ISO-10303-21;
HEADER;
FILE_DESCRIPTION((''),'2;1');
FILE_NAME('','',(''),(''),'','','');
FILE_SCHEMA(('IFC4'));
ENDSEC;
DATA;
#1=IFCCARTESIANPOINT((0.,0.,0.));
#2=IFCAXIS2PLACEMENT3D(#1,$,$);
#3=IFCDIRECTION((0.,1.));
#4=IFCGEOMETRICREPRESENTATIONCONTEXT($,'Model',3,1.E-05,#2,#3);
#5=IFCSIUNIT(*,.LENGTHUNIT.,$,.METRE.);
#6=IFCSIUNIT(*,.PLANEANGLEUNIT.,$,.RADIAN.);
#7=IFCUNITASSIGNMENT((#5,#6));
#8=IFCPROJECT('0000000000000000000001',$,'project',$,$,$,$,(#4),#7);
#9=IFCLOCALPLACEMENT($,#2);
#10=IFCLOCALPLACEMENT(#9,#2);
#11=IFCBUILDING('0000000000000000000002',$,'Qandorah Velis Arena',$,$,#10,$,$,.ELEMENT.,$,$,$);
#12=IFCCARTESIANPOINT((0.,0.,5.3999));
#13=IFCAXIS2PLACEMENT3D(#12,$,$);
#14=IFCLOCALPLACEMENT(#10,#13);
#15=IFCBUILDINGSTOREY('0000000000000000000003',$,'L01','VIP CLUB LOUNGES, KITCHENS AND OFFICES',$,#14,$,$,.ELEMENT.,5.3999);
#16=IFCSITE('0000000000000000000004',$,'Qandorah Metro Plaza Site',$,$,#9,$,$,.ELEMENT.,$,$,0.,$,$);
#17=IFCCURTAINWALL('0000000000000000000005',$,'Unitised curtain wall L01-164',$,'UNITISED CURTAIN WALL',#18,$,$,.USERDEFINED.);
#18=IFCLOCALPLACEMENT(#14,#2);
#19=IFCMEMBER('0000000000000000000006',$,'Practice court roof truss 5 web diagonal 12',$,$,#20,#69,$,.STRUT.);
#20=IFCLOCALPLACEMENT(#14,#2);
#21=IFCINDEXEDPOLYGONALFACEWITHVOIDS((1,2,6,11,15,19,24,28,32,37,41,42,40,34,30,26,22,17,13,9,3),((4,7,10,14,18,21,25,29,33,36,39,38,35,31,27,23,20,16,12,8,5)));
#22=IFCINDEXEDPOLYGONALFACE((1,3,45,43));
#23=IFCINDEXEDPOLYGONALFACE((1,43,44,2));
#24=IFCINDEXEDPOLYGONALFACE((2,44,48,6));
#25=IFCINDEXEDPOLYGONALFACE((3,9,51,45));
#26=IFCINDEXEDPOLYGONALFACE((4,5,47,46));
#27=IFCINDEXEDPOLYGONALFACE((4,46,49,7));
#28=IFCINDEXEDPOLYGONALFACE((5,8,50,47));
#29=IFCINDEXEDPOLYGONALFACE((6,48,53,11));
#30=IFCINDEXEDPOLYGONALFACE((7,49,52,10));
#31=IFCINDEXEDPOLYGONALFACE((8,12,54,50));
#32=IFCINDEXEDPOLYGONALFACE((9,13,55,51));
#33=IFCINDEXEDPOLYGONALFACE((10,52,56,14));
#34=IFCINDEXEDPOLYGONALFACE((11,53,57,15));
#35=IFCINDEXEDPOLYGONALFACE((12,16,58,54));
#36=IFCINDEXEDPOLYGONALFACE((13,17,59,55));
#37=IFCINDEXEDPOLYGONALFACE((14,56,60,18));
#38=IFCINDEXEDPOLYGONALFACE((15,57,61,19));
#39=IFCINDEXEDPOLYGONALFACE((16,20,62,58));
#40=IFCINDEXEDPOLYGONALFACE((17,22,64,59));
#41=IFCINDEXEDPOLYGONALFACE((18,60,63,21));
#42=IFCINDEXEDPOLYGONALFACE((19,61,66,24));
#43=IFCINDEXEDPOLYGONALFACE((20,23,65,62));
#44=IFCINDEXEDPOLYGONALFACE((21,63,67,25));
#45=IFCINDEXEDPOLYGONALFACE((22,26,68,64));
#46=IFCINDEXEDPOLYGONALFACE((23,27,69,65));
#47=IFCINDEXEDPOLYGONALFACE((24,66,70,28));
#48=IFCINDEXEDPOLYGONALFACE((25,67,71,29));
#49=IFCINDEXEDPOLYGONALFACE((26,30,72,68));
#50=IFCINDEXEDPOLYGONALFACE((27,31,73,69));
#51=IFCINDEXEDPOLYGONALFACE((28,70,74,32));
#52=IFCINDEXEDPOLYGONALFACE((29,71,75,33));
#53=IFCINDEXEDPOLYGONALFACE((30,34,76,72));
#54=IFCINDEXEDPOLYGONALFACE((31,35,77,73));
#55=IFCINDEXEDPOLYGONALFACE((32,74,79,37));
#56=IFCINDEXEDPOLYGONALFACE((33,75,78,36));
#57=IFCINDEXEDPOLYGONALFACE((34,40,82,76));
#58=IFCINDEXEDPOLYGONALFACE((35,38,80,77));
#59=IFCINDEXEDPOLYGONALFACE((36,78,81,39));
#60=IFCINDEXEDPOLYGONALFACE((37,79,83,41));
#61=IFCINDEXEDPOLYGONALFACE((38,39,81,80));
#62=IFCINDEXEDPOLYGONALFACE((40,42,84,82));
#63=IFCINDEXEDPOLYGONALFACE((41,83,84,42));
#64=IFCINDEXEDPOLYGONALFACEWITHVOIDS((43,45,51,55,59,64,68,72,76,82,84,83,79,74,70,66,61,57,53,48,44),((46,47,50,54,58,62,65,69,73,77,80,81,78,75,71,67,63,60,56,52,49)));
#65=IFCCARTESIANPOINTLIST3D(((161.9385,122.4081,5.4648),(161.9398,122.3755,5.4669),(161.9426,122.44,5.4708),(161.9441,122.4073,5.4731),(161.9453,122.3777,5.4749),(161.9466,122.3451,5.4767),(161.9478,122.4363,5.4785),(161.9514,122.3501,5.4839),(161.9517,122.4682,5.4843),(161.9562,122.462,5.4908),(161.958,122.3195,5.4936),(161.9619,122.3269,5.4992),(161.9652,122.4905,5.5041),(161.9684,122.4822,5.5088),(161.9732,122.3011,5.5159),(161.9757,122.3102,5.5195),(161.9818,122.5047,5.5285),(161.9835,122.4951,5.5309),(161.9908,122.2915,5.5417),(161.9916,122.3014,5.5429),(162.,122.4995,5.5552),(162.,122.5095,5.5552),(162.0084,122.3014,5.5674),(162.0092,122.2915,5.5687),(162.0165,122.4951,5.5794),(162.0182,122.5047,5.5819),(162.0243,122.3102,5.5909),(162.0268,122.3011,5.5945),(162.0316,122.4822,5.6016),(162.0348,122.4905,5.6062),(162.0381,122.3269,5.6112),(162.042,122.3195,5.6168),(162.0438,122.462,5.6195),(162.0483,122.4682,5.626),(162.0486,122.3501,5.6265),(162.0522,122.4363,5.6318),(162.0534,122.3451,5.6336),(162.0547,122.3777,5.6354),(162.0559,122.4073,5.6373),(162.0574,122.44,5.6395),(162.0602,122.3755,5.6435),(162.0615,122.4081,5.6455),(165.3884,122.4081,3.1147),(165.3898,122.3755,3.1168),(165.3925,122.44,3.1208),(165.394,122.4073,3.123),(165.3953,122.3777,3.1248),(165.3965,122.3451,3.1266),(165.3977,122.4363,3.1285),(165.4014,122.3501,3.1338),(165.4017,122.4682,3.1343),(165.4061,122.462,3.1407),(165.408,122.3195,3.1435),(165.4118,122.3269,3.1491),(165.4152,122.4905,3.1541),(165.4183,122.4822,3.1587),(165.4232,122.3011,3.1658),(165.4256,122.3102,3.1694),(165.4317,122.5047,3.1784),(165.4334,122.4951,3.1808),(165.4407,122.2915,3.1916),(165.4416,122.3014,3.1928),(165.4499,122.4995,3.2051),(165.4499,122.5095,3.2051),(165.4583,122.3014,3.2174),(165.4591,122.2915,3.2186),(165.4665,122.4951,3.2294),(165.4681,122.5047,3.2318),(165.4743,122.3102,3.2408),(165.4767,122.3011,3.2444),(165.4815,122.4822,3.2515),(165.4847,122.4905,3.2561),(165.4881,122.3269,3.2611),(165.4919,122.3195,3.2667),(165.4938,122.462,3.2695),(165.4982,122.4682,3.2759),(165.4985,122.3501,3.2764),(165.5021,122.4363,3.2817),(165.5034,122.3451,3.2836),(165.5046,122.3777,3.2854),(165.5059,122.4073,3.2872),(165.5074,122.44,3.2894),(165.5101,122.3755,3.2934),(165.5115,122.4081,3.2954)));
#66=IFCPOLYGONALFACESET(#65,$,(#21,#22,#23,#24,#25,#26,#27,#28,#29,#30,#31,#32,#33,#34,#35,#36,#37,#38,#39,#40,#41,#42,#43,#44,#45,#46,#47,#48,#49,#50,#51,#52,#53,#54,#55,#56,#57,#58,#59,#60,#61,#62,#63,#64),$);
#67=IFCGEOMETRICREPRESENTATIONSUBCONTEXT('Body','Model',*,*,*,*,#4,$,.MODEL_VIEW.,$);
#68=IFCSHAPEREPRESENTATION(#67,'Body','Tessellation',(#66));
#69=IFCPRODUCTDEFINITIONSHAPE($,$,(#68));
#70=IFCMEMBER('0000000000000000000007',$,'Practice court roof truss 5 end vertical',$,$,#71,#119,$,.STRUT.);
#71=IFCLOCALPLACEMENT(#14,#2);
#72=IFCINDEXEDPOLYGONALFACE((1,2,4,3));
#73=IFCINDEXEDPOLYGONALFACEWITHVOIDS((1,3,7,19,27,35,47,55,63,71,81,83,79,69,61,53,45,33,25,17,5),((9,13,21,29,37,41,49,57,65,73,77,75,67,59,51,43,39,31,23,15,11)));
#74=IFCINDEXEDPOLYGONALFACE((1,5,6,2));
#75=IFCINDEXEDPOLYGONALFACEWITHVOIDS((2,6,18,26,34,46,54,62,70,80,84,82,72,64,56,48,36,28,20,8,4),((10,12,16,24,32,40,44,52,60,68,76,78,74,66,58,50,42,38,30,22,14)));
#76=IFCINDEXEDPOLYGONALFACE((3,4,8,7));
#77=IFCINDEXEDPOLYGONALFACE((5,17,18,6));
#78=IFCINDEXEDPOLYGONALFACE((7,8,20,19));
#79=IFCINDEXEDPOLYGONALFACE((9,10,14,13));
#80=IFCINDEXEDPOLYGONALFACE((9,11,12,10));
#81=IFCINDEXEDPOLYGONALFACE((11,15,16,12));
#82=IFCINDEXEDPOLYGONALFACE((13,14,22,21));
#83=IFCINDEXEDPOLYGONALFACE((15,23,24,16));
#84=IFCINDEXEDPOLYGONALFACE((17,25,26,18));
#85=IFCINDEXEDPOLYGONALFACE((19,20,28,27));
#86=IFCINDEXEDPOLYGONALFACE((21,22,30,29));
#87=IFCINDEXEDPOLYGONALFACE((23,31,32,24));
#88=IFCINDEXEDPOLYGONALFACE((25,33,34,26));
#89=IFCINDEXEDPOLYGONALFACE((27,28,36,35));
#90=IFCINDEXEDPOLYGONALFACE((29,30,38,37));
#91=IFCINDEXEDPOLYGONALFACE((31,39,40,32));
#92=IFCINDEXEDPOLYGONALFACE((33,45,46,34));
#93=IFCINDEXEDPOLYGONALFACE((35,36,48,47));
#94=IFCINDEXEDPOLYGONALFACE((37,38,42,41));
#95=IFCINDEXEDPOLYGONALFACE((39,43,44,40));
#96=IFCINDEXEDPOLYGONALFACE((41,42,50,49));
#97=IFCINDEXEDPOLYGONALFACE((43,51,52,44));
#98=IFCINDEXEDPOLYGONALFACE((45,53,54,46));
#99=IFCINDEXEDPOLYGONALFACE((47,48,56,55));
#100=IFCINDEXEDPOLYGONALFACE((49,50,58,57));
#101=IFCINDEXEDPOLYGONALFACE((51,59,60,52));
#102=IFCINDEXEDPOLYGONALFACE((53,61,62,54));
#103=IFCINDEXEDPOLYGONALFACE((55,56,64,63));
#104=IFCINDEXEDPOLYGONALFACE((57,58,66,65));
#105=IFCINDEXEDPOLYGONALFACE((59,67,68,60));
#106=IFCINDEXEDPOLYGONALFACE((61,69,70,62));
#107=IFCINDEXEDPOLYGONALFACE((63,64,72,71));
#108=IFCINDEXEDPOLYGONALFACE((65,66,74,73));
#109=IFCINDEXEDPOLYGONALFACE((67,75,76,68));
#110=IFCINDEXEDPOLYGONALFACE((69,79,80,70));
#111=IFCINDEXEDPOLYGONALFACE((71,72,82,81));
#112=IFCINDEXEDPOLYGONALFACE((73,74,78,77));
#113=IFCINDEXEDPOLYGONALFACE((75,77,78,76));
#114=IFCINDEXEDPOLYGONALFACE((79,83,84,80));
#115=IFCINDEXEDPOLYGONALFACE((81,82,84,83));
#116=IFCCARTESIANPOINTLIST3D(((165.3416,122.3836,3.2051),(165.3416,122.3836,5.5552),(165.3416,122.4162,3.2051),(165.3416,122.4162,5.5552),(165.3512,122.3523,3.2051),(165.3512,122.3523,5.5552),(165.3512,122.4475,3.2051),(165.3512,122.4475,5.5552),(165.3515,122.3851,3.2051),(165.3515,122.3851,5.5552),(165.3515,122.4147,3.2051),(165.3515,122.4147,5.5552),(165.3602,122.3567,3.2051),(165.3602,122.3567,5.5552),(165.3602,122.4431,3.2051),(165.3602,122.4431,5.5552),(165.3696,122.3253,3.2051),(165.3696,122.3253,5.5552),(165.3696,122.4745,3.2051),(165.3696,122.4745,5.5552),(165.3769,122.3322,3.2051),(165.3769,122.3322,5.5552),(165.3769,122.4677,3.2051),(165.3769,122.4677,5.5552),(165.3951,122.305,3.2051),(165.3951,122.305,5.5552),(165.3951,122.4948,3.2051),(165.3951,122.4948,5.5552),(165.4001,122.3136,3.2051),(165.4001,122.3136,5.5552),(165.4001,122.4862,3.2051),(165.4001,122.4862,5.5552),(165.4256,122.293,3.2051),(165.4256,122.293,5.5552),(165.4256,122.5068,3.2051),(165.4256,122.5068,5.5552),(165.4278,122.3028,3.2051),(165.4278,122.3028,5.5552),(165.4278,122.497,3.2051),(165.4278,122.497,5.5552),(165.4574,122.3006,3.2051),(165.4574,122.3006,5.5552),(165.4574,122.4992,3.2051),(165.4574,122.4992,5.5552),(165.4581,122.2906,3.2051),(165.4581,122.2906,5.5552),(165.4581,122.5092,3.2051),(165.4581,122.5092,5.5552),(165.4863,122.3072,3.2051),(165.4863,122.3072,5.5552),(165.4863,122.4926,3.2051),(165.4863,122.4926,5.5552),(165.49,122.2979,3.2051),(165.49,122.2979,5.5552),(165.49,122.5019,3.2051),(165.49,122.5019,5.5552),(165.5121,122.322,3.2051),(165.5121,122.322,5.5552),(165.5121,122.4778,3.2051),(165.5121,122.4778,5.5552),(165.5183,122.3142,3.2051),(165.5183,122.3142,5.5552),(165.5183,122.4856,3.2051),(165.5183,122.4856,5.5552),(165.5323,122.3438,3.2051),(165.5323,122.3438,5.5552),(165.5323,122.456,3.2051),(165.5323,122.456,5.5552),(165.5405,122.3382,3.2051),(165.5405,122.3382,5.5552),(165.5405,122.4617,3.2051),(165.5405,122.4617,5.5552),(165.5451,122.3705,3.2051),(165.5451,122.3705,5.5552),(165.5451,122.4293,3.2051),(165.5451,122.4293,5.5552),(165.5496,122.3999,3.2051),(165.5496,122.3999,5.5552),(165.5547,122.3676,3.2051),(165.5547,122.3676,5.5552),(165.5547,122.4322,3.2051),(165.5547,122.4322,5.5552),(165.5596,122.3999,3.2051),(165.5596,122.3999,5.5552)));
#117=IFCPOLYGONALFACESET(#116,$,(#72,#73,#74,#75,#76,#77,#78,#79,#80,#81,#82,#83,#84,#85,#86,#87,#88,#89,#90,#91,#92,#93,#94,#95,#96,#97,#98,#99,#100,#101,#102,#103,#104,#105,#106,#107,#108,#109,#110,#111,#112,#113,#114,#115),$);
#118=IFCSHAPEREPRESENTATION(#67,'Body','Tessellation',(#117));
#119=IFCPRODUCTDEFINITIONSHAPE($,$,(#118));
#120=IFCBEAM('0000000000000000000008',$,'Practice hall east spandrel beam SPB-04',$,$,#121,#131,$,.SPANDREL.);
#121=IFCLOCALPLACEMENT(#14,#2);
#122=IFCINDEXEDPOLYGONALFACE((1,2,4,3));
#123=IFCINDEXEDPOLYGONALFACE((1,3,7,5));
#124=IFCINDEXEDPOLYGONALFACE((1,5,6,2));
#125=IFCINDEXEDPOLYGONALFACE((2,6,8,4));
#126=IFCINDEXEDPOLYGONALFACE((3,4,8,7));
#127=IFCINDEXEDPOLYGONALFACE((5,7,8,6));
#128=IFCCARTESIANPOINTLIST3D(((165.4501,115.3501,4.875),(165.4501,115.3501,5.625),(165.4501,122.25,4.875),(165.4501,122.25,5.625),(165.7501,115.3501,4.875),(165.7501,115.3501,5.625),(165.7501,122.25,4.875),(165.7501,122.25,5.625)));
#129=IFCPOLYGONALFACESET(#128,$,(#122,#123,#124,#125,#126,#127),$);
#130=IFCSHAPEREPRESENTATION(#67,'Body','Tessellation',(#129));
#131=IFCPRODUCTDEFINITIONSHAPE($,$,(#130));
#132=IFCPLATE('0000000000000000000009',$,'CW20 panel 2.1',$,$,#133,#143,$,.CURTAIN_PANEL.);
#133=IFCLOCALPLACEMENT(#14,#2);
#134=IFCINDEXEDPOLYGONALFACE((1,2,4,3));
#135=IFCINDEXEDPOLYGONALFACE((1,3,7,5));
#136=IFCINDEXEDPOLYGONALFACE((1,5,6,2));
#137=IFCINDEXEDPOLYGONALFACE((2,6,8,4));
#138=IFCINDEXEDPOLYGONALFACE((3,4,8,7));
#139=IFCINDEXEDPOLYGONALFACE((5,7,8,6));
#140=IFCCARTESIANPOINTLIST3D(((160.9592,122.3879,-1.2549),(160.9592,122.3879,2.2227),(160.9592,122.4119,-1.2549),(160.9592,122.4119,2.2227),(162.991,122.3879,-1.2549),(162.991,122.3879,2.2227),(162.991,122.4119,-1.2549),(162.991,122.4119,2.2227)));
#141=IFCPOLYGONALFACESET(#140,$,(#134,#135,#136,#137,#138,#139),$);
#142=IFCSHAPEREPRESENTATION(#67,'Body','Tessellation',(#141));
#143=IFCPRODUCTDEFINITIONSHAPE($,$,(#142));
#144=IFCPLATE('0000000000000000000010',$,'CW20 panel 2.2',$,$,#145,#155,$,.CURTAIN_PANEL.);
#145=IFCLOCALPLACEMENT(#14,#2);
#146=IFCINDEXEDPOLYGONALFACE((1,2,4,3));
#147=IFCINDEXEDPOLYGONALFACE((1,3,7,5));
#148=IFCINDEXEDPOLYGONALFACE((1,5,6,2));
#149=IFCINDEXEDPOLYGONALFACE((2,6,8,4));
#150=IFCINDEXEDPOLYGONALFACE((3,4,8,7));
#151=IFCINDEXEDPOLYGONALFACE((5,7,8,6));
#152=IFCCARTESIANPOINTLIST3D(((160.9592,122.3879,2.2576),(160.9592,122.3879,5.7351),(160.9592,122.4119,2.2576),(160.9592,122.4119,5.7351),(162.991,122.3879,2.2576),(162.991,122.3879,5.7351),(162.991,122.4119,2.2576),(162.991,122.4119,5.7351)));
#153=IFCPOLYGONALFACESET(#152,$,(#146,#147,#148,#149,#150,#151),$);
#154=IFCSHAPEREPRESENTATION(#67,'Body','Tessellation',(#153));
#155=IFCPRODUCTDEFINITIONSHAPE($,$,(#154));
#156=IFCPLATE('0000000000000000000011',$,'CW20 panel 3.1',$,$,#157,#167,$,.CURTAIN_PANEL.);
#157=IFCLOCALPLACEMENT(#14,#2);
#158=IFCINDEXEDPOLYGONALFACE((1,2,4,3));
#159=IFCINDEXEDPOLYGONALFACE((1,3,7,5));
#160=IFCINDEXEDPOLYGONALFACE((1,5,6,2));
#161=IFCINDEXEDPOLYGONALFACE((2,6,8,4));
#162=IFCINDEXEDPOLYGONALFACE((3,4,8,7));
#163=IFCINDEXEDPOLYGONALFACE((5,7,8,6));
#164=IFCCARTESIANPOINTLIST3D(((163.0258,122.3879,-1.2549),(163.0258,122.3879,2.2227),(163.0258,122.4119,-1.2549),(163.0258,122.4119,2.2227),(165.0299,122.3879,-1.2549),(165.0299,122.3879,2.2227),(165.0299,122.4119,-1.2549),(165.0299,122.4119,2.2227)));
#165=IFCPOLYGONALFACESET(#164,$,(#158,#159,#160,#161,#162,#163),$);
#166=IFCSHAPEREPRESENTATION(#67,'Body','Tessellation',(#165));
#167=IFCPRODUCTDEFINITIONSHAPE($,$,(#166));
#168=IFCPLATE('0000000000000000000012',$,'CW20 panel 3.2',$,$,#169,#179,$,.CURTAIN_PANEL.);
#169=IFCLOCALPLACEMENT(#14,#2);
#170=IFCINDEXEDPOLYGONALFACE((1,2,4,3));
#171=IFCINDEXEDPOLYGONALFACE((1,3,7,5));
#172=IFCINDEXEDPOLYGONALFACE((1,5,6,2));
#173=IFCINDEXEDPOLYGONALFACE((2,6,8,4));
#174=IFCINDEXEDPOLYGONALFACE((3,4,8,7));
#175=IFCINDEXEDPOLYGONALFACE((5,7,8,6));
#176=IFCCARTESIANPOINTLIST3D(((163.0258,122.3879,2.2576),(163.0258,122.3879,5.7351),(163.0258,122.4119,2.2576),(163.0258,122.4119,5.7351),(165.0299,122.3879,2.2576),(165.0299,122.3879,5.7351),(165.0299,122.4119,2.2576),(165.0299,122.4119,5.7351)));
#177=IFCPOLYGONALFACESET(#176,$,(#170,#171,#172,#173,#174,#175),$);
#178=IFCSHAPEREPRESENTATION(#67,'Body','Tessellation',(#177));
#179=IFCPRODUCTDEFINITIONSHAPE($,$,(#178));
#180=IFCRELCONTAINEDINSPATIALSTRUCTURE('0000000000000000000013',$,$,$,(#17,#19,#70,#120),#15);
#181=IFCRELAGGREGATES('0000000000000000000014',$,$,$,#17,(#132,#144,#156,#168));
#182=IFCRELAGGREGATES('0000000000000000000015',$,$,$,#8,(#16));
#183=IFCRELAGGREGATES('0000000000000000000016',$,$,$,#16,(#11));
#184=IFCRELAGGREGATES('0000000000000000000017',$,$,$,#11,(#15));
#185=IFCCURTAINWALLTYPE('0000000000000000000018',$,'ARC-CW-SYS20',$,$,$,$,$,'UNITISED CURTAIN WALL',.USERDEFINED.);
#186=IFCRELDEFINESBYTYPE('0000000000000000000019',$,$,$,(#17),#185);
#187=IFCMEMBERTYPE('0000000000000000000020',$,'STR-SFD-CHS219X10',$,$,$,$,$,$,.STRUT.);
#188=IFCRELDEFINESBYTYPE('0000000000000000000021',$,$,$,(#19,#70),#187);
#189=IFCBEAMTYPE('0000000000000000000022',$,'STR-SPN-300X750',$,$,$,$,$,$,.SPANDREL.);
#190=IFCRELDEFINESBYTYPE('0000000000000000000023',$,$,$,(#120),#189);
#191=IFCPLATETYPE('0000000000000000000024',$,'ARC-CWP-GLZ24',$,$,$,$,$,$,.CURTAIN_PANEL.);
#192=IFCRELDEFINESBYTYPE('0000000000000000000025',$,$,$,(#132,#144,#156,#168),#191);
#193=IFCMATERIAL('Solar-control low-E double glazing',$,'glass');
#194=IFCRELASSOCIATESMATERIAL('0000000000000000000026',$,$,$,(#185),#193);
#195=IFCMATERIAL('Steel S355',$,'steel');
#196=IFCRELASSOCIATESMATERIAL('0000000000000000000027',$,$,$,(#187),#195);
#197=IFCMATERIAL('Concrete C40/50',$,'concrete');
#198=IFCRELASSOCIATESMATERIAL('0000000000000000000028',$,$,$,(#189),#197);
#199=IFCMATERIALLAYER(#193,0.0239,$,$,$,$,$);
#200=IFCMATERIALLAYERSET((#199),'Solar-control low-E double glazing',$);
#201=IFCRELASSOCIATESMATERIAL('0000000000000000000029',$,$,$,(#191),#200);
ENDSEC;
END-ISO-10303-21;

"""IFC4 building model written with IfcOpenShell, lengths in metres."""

from ifc_helpers import new_model, si_unit, direction, frame, origin, origin_2d, place, context, subcontext, project, spatial, rectangle, hollow_circle, extrude, material, layer, layer_set, material_profile, profile_set, type_object, element, aggregate, save


model = new_model("IFC4")

# Units and contexts
model_context = context("Model", 3, precision=1e-05, world=origin(), true_north=direction((0.0, 1.0)))
body_context = subcontext(model_context, "Body", "Model", "MODEL_VIEW")
ifc_project = project(units=[si_unit("LENGTHUNIT", "METRE"), si_unit("PLANEANGLEUNIT", "RADIAN")], contexts=[model_context])

# Site, building, storey
site_placement = place(None, origin())
site = spatial("IfcSite", under=ifc_project, at=site_placement, Name="Qandorah Metro Plaza Site", CompositionType="ELEMENT", RefElevation=0.0)
building_placement = place(site_placement, origin())
building = spatial("IfcBuilding", under=site, at=building_placement, Name="Qandorah Velis Arena", CompositionType="ELEMENT")
storey_placement = place(building_placement, frame((0.0, 0.0, 5.3999)))
storey = spatial("IfcBuildingStorey", under=building, at=storey_placement, Name="L01", Description="VIP CLUB LOUNGES, KITCHENS AND OFFICES", CompositionType="ELEMENT", Elevation=5.3999)

# Shared definitions
ifc_material_1 = material(Name="Concrete C40/50", Category="concrete")

# Curtain wall
ifc_material_2 = material(Name="Solar-control low-E double glazing", Category="glass")
curtain_wall_type = type_object("IfcCurtainWallType", Name="ARC-CW-SYS20", ElementType="UNITISED CURTAIN WALL", PredefinedType="USERDEFINED", material=ifc_material_2)
curtain_wall_placement = place(storey_placement, origin())
curtain_wall = element("IfcCurtainWall", 1, at=curtain_wall_placement, inside=storey, type_object=curtain_wall_type, Name="Unitised curtain wall L01-164", ObjectType="UNITISED CURTAIN WALL", PredefinedType="USERDEFINED")

# Shared definitions
ifc_material_3 = material(Name="Steel S355", Category="steel")

# Members
ifc_material_profile_1 = material_profile(ifc_material_3, hollow_circle(Radius=0.1096, WallThickness=0.01, at=origin_2d()), Name="CHS 219.1x10")
ifc_profile_set_1 = profile_set([ifc_material_profile_1], Name="Steel S355")
member_type_1 = type_object("IfcMemberType", Name="STR-SFD-CHS219X10", PredefinedType="STRUT", material=ifc_profile_set_1)
member_1_placement = place(storey_placement, frame((162.0, 122.3999, 5.5552), z_axis=(0.826466, 0.0, -0.562987), x_axis=(0.0, 1.0, 0.0)))
element("IfcMember", 2, at=member_1_placement, inside=storey, type_object=member_type_1, Name="Practice court roof truss 5 web diagonal 12", PredefinedType="STRUT", context=body_context, shape_type="SweptSolid", body=[
    extrude(hollow_circle(Radius=0.1096, WallThickness=0.01, at=origin_2d()), origin(), (0.0, 0.0, 1.0), 4.1743),
])
member_2_placement = place(storey_placement, frame((165.45, 122.3999, 3.2051), z_axis=(0.0, 0.0, 1.0), x_axis=(1.0, 0.0, 0.0)))
element("IfcMember", 3, at=member_2_placement, inside=storey, type_object=member_type_1, Name="Practice court roof truss 5 end vertical", PredefinedType="STRUT", context=body_context, shape_type="SweptSolid", body=[
    extrude(hollow_circle(Radius=0.1096, WallThickness=0.01, at=origin_2d()), origin(), (0.0, 0.0, 1.0), 2.3501),
])

# Beam
ifc_material_profile_2 = material_profile(ifc_material_1, rectangle(XDim=0.3, YDim=0.75, at=origin_2d()), Name="RC SPANDREL 300x750")
ifc_profile_set_2 = profile_set([ifc_material_profile_2], Name="Concrete C40/50")
beam_type_1 = type_object("IfcBeamType", Name="STR-SPN-300X750", PredefinedType="SPANDREL", material=ifc_profile_set_2)
beam_1_placement = place(storey_placement, frame((165.6001, 115.3501, 5.25), z_axis=(0.0, 1.0, 0.0), x_axis=(-1.0, 0.0, 0.0)))
element("IfcBeam", 4, at=beam_1_placement, inside=storey, type_object=beam_type_1, Name="Practice hall east spandrel beam SPB-04", PredefinedType="SPANDREL", context=body_context, shape_type="SweptSolid", body=[
    extrude(rectangle(XDim=0.3, YDim=0.75, at=origin_2d()), origin(), (0.0, 0.0, 1.0), 6.8999),
])

# Plates
ifc_layer_1 = layer(ifc_material_2, 0.0239)
ifc_layer_set_1 = layer_set([ifc_layer_1], Name="Solar-control low-E double glazing")
plate_type = type_object("IfcPlateType", Name="ARC-CWP-GLZ24", PredefinedType="CURTAIN_PANEL", material=ifc_layer_set_1)
plate_1_placement = place(storey_placement, frame((161.9751, 122.3999, -1.2549), z_axis=(0.0, 0.0, 1.0), x_axis=(1.0, 0.0, 0.0)))
plate_1 = element("IfcPlate", 5, at=plate_1_placement, type_object=plate_type, Name="CW20 panel 2.1", PredefinedType="CURTAIN_PANEL", context=body_context, shape_type="SweptSolid", body=[
    extrude(rectangle(XDim=2.0317, YDim=0.0239, at=origin_2d()), origin(), (0.0, 0.0, 1.0), 3.4775),
])
plate_2_placement = place(storey_placement, frame((161.9751, 122.3999, 2.2576), z_axis=(0.0, 0.0, 1.0), x_axis=(1.0, 0.0, 0.0)))
plate_2 = element("IfcPlate", 6, at=plate_2_placement, type_object=plate_type, Name="CW20 panel 2.2", PredefinedType="CURTAIN_PANEL", context=body_context, shape_type="SweptSolid", body=[
    extrude(rectangle(XDim=2.0317, YDim=0.0239, at=origin_2d()), origin(), (0.0, 0.0, 1.0), 3.4775),
])
plate_3_placement = place(storey_placement, frame((164.0278, 122.3999, -1.2549), z_axis=(0.0, 0.0, 1.0), x_axis=(1.0, 0.0, 0.0)))
plate_3 = element("IfcPlate", 7, at=plate_3_placement, type_object=plate_type, Name="CW20 panel 3.1", PredefinedType="CURTAIN_PANEL", context=body_context, shape_type="SweptSolid", body=[
    extrude(rectangle(XDim=2.0042, YDim=0.0239, at=origin_2d()), origin(), (0.0, 0.0, 1.0), 3.4775),
])
plate_4_placement = place(storey_placement, frame((164.0278, 122.3999, 2.2576), z_axis=(0.0, 0.0, 1.0), x_axis=(1.0, 0.0, 0.0)))
plate_4 = element("IfcPlate", 8, at=plate_4_placement, type_object=plate_type, Name="CW20 panel 3.2", PredefinedType="CURTAIN_PANEL", context=body_context, shape_type="SweptSolid", body=[
    extrude(rectangle(XDim=2.0042, YDim=0.0239, at=origin_2d()), origin(), (0.0, 0.0, 1.0), 3.4775),
])
aggregate(curtain_wall, [plate_1, plate_2, plate_3, plate_4])

save(model, "model.ifc")
